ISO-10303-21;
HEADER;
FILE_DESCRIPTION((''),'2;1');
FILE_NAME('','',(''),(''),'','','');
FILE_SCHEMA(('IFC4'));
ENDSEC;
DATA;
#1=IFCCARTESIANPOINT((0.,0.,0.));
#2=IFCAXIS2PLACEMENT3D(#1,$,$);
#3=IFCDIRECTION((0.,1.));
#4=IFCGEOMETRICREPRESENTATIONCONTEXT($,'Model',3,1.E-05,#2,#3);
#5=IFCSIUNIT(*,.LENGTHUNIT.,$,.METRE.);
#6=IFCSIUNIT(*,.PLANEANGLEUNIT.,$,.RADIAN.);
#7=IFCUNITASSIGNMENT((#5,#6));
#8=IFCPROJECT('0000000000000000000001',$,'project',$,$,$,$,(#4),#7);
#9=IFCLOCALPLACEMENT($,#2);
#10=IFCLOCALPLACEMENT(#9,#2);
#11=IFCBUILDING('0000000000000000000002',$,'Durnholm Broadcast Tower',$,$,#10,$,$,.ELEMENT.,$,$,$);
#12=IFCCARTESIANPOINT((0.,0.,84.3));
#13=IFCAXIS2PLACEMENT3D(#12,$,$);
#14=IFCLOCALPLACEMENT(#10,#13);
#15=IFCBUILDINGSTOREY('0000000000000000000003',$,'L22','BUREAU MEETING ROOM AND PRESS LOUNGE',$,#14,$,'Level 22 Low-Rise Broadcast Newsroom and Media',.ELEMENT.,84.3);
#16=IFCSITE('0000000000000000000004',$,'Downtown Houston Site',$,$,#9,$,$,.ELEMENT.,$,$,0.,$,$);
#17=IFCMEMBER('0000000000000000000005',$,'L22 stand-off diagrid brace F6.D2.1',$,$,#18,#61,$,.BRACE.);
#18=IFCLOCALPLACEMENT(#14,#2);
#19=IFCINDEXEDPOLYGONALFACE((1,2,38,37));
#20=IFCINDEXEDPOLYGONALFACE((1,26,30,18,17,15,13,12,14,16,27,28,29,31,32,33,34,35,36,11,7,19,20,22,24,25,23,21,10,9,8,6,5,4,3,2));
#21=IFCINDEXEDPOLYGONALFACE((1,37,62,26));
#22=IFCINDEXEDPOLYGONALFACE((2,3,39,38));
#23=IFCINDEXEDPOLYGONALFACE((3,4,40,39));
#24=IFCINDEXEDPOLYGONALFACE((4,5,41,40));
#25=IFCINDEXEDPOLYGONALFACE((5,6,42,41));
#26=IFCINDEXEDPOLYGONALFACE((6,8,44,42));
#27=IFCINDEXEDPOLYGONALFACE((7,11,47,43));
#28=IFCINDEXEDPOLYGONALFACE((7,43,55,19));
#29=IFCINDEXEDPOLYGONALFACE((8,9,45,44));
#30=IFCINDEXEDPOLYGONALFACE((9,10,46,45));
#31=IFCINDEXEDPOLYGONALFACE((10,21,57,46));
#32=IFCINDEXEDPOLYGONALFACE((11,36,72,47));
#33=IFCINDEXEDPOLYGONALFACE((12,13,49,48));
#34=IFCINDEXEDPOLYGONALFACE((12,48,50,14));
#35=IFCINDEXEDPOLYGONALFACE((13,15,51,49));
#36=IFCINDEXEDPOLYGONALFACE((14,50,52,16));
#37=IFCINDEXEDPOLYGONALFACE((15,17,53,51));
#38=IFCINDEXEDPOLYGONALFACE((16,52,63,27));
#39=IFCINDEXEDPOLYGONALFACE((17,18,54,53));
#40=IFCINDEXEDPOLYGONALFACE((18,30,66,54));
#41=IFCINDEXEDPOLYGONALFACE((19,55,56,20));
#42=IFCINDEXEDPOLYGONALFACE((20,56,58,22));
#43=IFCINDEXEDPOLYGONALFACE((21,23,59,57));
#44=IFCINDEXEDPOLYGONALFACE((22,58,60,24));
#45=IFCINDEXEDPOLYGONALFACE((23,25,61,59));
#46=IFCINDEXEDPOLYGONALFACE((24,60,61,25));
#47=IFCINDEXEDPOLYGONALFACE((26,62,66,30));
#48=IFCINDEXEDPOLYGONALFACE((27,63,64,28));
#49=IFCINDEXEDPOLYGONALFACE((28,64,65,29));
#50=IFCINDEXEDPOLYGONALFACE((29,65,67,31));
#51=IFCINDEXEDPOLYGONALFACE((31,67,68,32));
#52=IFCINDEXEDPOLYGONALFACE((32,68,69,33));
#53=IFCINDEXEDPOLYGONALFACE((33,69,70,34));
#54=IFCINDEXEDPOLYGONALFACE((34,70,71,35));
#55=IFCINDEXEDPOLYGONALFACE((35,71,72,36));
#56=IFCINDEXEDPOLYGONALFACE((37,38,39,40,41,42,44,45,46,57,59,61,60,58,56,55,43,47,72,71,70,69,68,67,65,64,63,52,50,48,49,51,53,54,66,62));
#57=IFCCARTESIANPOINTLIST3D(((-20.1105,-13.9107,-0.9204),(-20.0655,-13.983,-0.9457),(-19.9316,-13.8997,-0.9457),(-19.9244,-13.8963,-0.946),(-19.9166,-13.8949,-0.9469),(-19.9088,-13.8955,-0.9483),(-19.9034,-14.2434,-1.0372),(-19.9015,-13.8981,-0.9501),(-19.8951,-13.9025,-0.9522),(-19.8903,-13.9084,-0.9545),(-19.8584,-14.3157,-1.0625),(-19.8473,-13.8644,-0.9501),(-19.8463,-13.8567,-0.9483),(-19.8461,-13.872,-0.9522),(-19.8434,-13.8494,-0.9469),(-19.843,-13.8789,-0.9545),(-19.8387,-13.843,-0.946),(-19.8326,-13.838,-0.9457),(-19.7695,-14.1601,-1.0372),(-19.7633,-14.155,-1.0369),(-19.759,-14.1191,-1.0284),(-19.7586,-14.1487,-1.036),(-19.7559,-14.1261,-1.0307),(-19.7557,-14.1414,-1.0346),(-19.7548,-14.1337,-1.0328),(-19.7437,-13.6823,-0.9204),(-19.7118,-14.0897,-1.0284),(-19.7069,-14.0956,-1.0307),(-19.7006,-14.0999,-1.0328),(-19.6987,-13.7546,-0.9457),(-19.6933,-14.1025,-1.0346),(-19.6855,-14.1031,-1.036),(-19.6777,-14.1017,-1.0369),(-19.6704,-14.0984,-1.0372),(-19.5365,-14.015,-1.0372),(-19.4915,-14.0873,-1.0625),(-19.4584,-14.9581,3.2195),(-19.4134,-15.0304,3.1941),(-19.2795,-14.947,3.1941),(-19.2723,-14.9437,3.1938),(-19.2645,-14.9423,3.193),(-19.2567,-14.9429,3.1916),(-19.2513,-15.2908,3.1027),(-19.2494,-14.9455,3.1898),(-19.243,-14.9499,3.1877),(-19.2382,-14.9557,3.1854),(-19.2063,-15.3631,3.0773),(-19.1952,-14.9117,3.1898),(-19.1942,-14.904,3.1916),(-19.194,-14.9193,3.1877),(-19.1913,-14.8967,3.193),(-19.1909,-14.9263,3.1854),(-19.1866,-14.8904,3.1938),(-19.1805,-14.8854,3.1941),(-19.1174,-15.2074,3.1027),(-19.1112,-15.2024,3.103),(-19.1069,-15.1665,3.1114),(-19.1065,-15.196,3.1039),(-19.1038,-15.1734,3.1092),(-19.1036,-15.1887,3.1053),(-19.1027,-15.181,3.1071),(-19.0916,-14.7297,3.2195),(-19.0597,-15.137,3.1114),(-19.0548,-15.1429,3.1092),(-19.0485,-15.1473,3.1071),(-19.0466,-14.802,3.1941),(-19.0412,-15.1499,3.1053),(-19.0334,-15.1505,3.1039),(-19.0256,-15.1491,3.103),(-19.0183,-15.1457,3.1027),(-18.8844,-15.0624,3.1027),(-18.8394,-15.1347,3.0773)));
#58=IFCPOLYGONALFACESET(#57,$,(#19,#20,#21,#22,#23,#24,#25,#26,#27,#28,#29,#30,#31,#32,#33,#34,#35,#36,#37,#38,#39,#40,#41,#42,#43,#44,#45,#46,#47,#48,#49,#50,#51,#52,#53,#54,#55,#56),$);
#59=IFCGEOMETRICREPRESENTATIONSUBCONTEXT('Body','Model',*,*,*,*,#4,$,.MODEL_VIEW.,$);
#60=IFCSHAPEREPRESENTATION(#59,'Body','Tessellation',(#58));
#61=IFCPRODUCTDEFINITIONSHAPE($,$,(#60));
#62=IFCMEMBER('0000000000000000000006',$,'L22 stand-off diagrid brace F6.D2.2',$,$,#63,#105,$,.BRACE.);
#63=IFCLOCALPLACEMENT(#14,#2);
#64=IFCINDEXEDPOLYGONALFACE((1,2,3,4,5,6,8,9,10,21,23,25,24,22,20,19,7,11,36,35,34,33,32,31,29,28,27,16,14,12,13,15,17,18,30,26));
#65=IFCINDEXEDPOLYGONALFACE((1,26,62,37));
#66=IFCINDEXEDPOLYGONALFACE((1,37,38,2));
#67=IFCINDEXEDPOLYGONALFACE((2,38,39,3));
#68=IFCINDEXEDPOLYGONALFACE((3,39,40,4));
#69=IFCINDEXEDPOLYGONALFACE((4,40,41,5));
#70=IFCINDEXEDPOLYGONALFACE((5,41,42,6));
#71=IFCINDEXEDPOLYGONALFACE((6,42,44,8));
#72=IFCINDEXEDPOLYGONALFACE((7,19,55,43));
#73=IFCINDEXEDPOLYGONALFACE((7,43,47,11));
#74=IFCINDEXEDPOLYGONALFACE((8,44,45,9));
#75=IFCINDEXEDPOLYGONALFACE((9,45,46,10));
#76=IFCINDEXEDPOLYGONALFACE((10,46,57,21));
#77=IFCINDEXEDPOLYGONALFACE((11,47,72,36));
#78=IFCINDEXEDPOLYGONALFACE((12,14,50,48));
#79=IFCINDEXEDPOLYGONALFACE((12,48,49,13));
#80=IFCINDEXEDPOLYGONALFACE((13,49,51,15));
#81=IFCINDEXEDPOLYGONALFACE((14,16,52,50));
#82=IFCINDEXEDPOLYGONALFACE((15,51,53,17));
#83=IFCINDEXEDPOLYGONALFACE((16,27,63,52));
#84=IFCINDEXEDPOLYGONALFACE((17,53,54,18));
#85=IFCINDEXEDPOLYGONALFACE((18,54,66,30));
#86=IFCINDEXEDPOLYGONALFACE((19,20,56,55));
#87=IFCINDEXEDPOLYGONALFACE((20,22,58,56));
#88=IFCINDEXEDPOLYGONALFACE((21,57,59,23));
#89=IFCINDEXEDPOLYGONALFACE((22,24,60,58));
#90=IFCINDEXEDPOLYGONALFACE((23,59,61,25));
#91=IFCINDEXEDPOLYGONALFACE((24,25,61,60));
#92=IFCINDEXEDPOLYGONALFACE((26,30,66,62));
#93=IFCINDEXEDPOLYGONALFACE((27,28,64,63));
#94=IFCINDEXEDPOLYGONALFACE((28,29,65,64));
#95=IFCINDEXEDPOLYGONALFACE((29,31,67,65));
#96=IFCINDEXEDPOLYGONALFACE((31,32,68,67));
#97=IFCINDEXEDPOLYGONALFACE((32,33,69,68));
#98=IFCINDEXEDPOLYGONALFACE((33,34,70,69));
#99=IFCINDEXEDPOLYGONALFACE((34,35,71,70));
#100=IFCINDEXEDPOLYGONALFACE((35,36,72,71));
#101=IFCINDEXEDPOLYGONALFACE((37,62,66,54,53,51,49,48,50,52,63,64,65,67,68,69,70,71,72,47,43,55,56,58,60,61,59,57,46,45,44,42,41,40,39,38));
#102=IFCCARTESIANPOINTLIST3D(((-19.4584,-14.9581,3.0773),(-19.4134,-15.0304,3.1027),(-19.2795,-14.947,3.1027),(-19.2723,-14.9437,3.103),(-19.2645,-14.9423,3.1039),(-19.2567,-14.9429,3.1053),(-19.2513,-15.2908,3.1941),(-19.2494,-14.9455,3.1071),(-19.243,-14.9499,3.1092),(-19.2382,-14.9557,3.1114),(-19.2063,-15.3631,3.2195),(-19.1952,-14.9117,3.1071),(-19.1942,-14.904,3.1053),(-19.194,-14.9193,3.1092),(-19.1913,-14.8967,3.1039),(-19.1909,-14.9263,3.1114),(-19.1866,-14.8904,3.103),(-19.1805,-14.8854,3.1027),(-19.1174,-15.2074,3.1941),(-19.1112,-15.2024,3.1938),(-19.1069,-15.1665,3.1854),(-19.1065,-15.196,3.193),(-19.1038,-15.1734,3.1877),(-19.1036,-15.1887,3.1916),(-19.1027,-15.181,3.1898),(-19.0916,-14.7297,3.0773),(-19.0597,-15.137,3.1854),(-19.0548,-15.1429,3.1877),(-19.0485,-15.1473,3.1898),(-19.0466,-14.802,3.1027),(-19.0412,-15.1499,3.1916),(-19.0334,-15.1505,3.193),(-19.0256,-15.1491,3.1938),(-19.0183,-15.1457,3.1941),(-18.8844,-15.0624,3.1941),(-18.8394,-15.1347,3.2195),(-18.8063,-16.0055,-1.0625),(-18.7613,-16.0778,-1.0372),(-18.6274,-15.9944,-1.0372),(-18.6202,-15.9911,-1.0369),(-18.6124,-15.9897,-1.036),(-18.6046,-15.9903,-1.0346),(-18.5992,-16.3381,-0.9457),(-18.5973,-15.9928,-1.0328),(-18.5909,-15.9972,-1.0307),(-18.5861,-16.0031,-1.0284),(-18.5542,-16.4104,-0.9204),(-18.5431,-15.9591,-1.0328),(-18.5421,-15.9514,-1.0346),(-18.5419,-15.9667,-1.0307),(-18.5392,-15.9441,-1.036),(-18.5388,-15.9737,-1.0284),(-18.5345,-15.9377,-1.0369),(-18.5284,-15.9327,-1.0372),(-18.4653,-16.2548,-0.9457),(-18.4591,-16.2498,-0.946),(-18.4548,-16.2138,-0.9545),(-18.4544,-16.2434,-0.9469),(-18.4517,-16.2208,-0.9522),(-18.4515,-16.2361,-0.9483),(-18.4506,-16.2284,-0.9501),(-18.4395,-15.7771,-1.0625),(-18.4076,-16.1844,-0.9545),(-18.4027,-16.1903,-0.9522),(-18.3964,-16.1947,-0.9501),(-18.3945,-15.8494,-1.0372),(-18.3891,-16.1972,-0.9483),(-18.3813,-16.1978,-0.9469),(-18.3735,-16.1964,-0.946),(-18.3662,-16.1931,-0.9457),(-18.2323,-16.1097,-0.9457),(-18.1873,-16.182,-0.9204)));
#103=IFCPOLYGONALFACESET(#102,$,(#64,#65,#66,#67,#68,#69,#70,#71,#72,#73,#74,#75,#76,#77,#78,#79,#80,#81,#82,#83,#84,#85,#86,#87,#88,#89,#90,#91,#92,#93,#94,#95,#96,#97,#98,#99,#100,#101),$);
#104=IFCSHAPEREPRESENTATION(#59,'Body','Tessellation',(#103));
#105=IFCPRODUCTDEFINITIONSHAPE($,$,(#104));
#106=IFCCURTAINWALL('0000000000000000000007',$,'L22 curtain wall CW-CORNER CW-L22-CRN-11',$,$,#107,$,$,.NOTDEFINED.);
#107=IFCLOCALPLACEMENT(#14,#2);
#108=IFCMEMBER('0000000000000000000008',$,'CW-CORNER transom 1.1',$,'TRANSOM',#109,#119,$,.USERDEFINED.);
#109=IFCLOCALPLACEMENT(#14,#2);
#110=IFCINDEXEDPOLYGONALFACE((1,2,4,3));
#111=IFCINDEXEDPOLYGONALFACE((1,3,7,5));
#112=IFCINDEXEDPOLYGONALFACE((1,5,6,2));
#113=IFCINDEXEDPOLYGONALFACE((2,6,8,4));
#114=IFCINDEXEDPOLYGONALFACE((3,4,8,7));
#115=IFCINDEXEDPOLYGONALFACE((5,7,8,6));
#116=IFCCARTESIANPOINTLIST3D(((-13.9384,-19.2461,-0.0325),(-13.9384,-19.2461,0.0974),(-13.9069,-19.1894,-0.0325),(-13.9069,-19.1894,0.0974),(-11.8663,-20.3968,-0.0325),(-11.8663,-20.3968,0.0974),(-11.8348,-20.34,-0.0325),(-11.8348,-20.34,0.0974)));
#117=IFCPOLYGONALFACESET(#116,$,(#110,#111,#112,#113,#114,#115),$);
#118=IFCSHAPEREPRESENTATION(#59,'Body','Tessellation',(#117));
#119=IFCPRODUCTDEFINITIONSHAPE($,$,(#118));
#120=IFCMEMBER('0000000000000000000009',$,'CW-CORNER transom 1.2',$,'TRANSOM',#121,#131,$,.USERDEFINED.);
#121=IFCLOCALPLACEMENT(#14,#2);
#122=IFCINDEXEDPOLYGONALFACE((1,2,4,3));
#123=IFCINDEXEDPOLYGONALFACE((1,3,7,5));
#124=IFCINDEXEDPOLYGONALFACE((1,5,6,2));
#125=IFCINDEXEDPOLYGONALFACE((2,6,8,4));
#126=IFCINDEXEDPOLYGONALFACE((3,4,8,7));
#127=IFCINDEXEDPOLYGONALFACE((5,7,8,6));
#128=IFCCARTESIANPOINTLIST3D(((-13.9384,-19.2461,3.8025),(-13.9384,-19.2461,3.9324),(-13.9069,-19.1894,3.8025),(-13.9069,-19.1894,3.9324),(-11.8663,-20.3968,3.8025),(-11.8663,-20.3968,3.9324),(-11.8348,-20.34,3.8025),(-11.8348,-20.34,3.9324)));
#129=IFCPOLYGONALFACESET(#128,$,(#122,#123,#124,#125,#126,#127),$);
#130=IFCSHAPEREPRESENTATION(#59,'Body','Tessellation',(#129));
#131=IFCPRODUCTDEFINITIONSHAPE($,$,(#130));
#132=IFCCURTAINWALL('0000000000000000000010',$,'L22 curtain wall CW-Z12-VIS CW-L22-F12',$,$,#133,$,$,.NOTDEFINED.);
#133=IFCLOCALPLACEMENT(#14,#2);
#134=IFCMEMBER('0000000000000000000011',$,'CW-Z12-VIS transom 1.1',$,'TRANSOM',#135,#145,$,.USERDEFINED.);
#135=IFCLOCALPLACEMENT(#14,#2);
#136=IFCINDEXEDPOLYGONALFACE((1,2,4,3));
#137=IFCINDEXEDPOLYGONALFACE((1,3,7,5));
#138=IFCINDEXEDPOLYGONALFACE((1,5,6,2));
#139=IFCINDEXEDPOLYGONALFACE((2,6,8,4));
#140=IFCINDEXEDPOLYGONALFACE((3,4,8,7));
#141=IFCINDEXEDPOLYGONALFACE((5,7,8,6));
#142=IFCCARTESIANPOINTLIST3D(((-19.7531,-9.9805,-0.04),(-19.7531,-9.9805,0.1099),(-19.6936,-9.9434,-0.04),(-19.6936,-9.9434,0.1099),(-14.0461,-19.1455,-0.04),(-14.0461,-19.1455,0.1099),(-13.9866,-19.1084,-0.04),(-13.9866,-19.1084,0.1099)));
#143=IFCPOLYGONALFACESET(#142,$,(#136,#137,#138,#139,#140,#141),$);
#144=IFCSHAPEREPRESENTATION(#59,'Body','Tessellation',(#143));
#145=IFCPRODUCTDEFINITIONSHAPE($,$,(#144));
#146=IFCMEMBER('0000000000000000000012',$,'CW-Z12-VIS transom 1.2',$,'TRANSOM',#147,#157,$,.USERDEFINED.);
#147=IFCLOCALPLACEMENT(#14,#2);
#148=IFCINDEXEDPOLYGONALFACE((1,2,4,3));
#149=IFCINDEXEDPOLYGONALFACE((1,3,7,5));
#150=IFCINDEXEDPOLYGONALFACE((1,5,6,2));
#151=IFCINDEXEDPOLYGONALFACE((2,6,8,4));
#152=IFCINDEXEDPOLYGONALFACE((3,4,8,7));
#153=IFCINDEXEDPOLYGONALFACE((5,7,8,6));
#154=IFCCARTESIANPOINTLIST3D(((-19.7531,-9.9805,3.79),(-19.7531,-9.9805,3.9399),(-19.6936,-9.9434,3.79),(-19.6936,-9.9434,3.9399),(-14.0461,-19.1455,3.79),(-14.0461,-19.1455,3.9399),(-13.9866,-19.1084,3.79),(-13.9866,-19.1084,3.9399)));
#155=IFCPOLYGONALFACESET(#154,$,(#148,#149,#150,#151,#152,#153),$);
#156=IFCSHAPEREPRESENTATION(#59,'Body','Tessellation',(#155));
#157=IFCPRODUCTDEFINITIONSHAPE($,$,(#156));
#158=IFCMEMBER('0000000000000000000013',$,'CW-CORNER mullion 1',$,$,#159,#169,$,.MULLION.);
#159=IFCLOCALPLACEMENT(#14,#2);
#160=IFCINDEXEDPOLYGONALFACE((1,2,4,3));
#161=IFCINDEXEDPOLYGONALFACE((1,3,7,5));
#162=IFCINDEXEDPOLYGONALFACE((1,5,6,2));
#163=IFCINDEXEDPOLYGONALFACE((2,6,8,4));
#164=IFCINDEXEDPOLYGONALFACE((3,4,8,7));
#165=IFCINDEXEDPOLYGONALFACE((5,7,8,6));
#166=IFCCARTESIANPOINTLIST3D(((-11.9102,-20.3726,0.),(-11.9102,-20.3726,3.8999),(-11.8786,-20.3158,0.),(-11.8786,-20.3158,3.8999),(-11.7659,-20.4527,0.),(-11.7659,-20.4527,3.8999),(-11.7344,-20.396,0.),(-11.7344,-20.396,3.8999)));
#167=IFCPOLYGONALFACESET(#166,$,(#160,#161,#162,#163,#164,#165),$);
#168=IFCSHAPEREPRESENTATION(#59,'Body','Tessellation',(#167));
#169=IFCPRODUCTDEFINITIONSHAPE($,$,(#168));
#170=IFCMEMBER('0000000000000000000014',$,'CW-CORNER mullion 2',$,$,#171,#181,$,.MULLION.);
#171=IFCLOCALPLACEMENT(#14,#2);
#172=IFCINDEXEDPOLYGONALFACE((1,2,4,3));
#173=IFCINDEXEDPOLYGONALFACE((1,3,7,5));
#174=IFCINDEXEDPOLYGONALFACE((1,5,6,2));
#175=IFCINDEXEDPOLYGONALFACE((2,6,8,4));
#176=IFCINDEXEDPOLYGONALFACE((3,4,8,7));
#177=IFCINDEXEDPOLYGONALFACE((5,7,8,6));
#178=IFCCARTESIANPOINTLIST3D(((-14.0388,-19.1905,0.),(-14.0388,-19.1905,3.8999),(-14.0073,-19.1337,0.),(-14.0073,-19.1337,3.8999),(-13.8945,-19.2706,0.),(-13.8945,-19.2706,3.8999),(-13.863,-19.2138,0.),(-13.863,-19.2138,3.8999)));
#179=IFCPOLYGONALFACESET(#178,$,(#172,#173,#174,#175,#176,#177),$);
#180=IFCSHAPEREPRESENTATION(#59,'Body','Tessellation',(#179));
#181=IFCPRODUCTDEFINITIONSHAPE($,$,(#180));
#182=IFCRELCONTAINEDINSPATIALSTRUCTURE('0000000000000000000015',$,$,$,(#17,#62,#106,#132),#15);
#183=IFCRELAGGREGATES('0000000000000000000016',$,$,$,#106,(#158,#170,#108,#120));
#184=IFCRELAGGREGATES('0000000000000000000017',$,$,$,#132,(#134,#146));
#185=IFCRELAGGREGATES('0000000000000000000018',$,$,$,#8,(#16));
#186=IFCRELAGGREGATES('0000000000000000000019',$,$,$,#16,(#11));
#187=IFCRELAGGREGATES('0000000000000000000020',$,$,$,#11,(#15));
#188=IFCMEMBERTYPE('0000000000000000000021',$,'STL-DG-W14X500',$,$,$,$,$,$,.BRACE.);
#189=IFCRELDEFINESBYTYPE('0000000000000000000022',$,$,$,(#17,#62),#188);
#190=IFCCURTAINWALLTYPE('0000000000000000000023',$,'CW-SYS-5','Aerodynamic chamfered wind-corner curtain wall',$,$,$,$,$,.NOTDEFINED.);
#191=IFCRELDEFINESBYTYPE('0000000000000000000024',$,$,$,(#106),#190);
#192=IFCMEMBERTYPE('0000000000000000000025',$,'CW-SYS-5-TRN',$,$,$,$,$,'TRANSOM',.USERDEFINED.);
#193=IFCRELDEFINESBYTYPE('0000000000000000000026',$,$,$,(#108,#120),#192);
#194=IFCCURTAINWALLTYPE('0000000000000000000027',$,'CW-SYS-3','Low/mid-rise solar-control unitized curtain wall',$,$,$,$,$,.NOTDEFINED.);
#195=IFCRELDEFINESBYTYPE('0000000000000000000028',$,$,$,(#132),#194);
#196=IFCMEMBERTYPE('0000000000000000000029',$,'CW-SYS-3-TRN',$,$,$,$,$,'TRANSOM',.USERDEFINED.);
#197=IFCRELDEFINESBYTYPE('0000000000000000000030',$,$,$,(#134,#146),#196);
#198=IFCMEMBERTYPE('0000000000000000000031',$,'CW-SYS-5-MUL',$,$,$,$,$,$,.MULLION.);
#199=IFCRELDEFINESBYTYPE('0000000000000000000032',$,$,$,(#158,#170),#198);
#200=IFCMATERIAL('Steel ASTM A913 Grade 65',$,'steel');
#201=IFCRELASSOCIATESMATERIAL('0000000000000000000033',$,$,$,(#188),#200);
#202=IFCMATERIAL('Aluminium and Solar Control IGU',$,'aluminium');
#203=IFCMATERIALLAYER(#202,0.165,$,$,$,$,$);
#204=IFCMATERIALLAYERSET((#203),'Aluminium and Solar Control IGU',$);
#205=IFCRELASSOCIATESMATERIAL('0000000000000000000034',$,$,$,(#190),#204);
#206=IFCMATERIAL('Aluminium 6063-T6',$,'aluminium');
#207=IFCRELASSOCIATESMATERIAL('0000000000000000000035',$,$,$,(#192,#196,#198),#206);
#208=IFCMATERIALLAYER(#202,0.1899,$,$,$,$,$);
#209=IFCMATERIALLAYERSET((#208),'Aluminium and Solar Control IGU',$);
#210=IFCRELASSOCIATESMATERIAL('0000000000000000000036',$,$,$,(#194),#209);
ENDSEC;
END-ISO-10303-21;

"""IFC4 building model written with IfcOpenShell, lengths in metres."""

from ifc_helpers import new_model, si_unit, direction, frame, origin, origin_2d, place, context, subcontext, project, spatial, rectangle, i_section, extrude, source, transform, mapped, material, layer, layer_set, material_profile, profile_set, type_object, type_shapes, element, aggregate, save


model = new_model("IFC4")

# Units and contexts
model_context = context("Model", 3, precision=1e-05, world=origin(), true_north=direction((0.0, 1.0)))
body_context = subcontext(model_context, "Body", "Model", "MODEL_VIEW")
ifc_project = project(units=[si_unit("LENGTHUNIT", "METRE"), si_unit("PLANEANGLEUNIT", "RADIAN")], contexts=[model_context])

# Site, building, storey
site_placement = place(None, origin())
site = spatial("IfcSite", under=ifc_project, at=site_placement, Name="Downtown Houston Site", CompositionType="ELEMENT", RefElevation=0.0)
building_placement = place(site_placement, origin())
building = spatial("IfcBuilding", under=site, at=building_placement, Name="Durnholm Broadcast Tower", CompositionType="ELEMENT")
storey_placement = place(building_placement, frame((0.0, 0.0, 84.3)))
storey = spatial("IfcBuildingStorey", under=building, at=storey_placement, Name="L22", Description="BUREAU MEETING ROOM AND PRESS LOUNGE", LongName="Level 22 Low-Rise Broadcast Newsroom and Media", CompositionType="ELEMENT", Elevation=84.3)

# Members
ifc_material_1 = material(Name="Steel ASTM A913 Grade 65", Category="steel")
ifc_material_profile_1 = material_profile(ifc_material_1, i_section(OverallWidth=0.4321, OverallDepth=0.4978, WebThickness=0.0557, FlangeThickness=0.0889, FilletRadius=0.0305, at=origin_2d()), Name="W14X500")
ifc_profile_set_1 = profile_set([ifc_material_profile_1], Name="Steel ASTM A913 Grade 65")
member_type_1 = type_object("IfcMemberType", Name="STL-DG-W14X500", PredefinedType="BRACE", material=ifc_profile_set_1)
shared_shape_1 = source(origin(), body_context, "Body", "SweptSolid", [
    extrude(i_section(OverallWidth=0.4321, OverallDepth=0.4978, WebThickness=0.0557, FlangeThickness=0.0889, FilletRadius=0.0305, at=origin_2d()), origin(), (0.0, 0.0, 1.0), 4.3198),
])
type_shapes(member_type_1, [shared_shape_1])
for number, where, z_axis, x_axis, name in (
    (1, (-19.801, -13.999, -0.9915), (0.150955, -0.242455, 0.958347), (0.848909, 0.52854, 0.0), "L22 stand-off diagrid brace F6.D2.1"),
    (2, (-18.4968, -16.0938, -0.9915), (-0.150955, 0.242455, 0.958347), (-0.848909, -0.52854, 0.0), "L22 stand-off diagrid brace F6.D2.2"),
):
    element("IfcMember", number, at=place(storey_placement, frame(where, z_axis=z_axis, x_axis=x_axis)), inside=storey, type_object=member_type_1, Name=name, PredefinedType="BRACE", context=body_context, shape_type="MappedRepresentation", body=[
        mapped(shared_shape_1, transform((0.0, 0.0, 0.0), x_axis=(1.0, 0.0, 0.0), y_axis=(0.0, 1.0, 0.0), z_axis=(0.0, 0.0, 1.0), scale=1.0)),
    ])

# Curtain walls, members
ifc_material_2 = material(Name="Aluminium and Solar Control IGU", Category="aluminium")
ifc_layer_1 = layer(ifc_material_2, 0.165)
ifc_layer_set_1 = layer_set([ifc_layer_1], Name="Aluminium and Solar Control IGU")
curtain_wall_type_1 = type_object("IfcCurtainWallType", Name="CW-SYS-5", Description="Aerodynamic chamfered wind-corner curtain wall", PredefinedType="NOTDEFINED", material=ifc_layer_set_1)
curtain_wall_1_placement = place(storey_placement, origin())
curtain_wall_1 = element("IfcCurtainWall", 3, at=curtain_wall_1_placement, inside=storey, type_object=curtain_wall_type_1, Name="L22 curtain wall CW-CORNER CW-L22-CRN-11", PredefinedType="NOTDEFINED")
ifc_material_3 = material(Name="Aluminium 6063-T6", Category="aluminium")
ifc_material_profile_2 = material_profile(ifc_material_3, rectangle(XDim=0.0649, YDim=0.1299, at=origin_2d()), Name="CWT65X130")
ifc_profile_set_2 = profile_set([ifc_material_profile_2], Name="Aluminium 6063-T6")
member_type_2 = type_object("IfcMemberType", Name="CW-SYS-5-TRN", ElementType="TRANSOM", PredefinedType="USERDEFINED", material=ifc_profile_set_2)
shared_shape_2 = source(origin(), body_context, "Body", "SweptSolid", [
    extrude(rectangle(XDim=0.0649, YDim=0.1299, at=origin_2d()), origin(), (0.0, 0.0, 1.0), 2.3701),
])
type_shapes(member_type_2, [shared_shape_2])
member_1_placement = place(storey_placement, frame((-11.8506, -20.3684, 0.0325), z_axis=(-0.874245, 0.485485, 0.0), x_axis=(-0.485485, -0.874245, 0.0)))
member_1 = element("IfcMember", 4, at=member_1_placement, type_object=member_type_2, Name="CW-CORNER transom 1.1", ObjectType="TRANSOM", PredefinedType="USERDEFINED", context=body_context, shape_type="MappedRepresentation", body=[
    mapped(shared_shape_2, transform((0.0, 0.0, 0.0), x_axis=(1.0, 0.0, 0.0), y_axis=(0.0, 1.0, 0.0), z_axis=(0.0, 0.0, 1.0), scale=1.0)),
])
member_2_placement = place(storey_placement, frame((-11.8506, -20.3684, 3.8674), z_axis=(-0.874245, 0.485485, 0.0), x_axis=(-0.485485, -0.874245, 0.0)))
member_2 = element("IfcMember", 5, at=member_2_placement, type_object=member_type_2, Name="CW-CORNER transom 1.2", ObjectType="TRANSOM", PredefinedType="USERDEFINED", context=body_context, shape_type="MappedRepresentation", body=[
    mapped(shared_shape_2, transform((0.0, 0.0, 0.0), x_axis=(1.0, 0.0, 0.0), y_axis=(0.0, 1.0, 0.0), z_axis=(0.0, 0.0, 1.0), scale=1.0)),
])
ifc_layer_2 = layer(ifc_material_2, 0.1899)
ifc_layer_set_2 = layer_set([ifc_layer_2], Name="Aluminium and Solar Control IGU")
curtain_wall_type_2 = type_object("IfcCurtainWallType", Name="CW-SYS-3", Description="Low/mid-rise solar-control unitized curtain wall", PredefinedType="NOTDEFINED", material=ifc_layer_set_2)
curtain_wall_2_placement = place(storey_placement, origin())
curtain_wall_2 = element("IfcCurtainWall", 6, at=curtain_wall_2_placement, inside=storey, type_object=curtain_wall_type_2, Name="L22 curtain wall CW-Z12-VIS CW-L22-F12", PredefinedType="NOTDEFINED")
ifc_material_profile_3 = material_profile(ifc_material_3, rectangle(XDim=0.0701, YDim=0.1499, at=origin_2d()), Name="CWT70X150")
ifc_profile_set_3 = profile_set([ifc_material_profile_3], Name="Aluminium 6063-T6")
member_type_3 = type_object("IfcMemberType", Name="CW-SYS-3-TRN", ElementType="TRANSOM", PredefinedType="USERDEFINED", material=ifc_profile_set_3)
shared_shape_3 = source(origin(), body_context, "Body", "SweptSolid", [
    extrude(rectangle(XDim=0.0701, YDim=0.1499, at=origin_2d()), origin(), (0.0, 0.0, 1.0), 10.7966),
])
type_shapes(member_type_3, [shared_shape_3])
member_3_placement = place(storey_placement, frame((-14.0164, -19.127, 0.0349), z_axis=(-0.528592, 0.848876, 0.0), x_axis=(-0.848876, -0.528592, 0.0)))
member_3 = element("IfcMember", 7, at=member_3_placement, type_object=member_type_3, Name="CW-Z12-VIS transom 1.1", ObjectType="TRANSOM", PredefinedType="USERDEFINED", context=body_context, shape_type="MappedRepresentation", body=[
    mapped(shared_shape_3, transform((0.0, 0.0, 0.0), x_axis=(1.0, 0.0, 0.0), y_axis=(0.0, 1.0, 0.0), z_axis=(0.0, 0.0, 1.0), scale=1.0)),
])
member_4_placement = place(storey_placement, frame((-14.0164, -19.127, 3.865), z_axis=(-0.528592, 0.848876, 0.0), x_axis=(-0.848876, -0.528592, 0.0)))
member_4 = element("IfcMember", 8, at=member_4_placement, type_object=member_type_3, Name="CW-Z12-VIS transom 1.2", ObjectType="TRANSOM", PredefinedType="USERDEFINED", context=body_context, shape_type="MappedRepresentation", body=[
    mapped(shared_shape_3, transform((0.0, 0.0, 0.0), x_axis=(1.0, 0.0, 0.0), y_axis=(0.0, 1.0, 0.0), z_axis=(0.0, 0.0, 1.0), scale=1.0)),
])

# Members
ifc_material_profile_4 = material_profile(ifc_material_3, rectangle(XDim=0.0649, YDim=0.165, at=origin_2d()), Name="CWM65X165")
ifc_profile_set_4 = profile_set([ifc_material_profile_4], Name="Aluminium 6063-T6")
member_type_4 = type_object("IfcMemberType", Name="CW-SYS-5-MUL", PredefinedType="MULLION", material=ifc_profile_set_4)
shared_shape_4 = source(origin(), body_context, "Body", "SweptSolid", [
    extrude(rectangle(XDim=0.0649, YDim=0.165, at=origin_2d()), origin(), (0.0, 0.0, 1.0), 3.8999),
])
type_shapes(member_type_4, [shared_shape_4])
member_5_placement = place(storey_placement, frame((-11.8223, -20.3843, 0.0), z_axis=(0.0, 0.0, 1.0), x_axis=(-0.485483, -0.874246, 0.0)))
member_5 = element("IfcMember", 9, at=member_5_placement, type_object=member_type_4, Name="CW-CORNER mullion 1", PredefinedType="MULLION", context=body_context, shape_type="MappedRepresentation", body=[
    mapped(shared_shape_4, transform((0.0, 0.0, 0.0), x_axis=(1.0, 0.0, 0.0), y_axis=(0.0, 1.0, 0.0), z_axis=(0.0, 0.0, 1.0), scale=1.0)),
])
member_6_placement = place(storey_placement, frame((-13.9509, -19.2021, 0.0), z_axis=(0.0, 0.0, 1.0), x_axis=(-0.485483, -0.874246, 0.0)))
member_6 = element("IfcMember", 10, at=member_6_placement, type_object=member_type_4, Name="CW-CORNER mullion 2", PredefinedType="MULLION", context=body_context, shape_type="MappedRepresentation", body=[
    mapped(shared_shape_4, transform((0.0, 0.0, 0.0), x_axis=(1.0, 0.0, 0.0), y_axis=(0.0, 1.0, 0.0), z_axis=(0.0, 0.0, 1.0), scale=1.0)),
])

aggregate(curtain_wall_1, [member_5, member_6, member_1, member_2])
aggregate(curtain_wall_2, [member_3, member_4])

save(model, "model.ifc")
